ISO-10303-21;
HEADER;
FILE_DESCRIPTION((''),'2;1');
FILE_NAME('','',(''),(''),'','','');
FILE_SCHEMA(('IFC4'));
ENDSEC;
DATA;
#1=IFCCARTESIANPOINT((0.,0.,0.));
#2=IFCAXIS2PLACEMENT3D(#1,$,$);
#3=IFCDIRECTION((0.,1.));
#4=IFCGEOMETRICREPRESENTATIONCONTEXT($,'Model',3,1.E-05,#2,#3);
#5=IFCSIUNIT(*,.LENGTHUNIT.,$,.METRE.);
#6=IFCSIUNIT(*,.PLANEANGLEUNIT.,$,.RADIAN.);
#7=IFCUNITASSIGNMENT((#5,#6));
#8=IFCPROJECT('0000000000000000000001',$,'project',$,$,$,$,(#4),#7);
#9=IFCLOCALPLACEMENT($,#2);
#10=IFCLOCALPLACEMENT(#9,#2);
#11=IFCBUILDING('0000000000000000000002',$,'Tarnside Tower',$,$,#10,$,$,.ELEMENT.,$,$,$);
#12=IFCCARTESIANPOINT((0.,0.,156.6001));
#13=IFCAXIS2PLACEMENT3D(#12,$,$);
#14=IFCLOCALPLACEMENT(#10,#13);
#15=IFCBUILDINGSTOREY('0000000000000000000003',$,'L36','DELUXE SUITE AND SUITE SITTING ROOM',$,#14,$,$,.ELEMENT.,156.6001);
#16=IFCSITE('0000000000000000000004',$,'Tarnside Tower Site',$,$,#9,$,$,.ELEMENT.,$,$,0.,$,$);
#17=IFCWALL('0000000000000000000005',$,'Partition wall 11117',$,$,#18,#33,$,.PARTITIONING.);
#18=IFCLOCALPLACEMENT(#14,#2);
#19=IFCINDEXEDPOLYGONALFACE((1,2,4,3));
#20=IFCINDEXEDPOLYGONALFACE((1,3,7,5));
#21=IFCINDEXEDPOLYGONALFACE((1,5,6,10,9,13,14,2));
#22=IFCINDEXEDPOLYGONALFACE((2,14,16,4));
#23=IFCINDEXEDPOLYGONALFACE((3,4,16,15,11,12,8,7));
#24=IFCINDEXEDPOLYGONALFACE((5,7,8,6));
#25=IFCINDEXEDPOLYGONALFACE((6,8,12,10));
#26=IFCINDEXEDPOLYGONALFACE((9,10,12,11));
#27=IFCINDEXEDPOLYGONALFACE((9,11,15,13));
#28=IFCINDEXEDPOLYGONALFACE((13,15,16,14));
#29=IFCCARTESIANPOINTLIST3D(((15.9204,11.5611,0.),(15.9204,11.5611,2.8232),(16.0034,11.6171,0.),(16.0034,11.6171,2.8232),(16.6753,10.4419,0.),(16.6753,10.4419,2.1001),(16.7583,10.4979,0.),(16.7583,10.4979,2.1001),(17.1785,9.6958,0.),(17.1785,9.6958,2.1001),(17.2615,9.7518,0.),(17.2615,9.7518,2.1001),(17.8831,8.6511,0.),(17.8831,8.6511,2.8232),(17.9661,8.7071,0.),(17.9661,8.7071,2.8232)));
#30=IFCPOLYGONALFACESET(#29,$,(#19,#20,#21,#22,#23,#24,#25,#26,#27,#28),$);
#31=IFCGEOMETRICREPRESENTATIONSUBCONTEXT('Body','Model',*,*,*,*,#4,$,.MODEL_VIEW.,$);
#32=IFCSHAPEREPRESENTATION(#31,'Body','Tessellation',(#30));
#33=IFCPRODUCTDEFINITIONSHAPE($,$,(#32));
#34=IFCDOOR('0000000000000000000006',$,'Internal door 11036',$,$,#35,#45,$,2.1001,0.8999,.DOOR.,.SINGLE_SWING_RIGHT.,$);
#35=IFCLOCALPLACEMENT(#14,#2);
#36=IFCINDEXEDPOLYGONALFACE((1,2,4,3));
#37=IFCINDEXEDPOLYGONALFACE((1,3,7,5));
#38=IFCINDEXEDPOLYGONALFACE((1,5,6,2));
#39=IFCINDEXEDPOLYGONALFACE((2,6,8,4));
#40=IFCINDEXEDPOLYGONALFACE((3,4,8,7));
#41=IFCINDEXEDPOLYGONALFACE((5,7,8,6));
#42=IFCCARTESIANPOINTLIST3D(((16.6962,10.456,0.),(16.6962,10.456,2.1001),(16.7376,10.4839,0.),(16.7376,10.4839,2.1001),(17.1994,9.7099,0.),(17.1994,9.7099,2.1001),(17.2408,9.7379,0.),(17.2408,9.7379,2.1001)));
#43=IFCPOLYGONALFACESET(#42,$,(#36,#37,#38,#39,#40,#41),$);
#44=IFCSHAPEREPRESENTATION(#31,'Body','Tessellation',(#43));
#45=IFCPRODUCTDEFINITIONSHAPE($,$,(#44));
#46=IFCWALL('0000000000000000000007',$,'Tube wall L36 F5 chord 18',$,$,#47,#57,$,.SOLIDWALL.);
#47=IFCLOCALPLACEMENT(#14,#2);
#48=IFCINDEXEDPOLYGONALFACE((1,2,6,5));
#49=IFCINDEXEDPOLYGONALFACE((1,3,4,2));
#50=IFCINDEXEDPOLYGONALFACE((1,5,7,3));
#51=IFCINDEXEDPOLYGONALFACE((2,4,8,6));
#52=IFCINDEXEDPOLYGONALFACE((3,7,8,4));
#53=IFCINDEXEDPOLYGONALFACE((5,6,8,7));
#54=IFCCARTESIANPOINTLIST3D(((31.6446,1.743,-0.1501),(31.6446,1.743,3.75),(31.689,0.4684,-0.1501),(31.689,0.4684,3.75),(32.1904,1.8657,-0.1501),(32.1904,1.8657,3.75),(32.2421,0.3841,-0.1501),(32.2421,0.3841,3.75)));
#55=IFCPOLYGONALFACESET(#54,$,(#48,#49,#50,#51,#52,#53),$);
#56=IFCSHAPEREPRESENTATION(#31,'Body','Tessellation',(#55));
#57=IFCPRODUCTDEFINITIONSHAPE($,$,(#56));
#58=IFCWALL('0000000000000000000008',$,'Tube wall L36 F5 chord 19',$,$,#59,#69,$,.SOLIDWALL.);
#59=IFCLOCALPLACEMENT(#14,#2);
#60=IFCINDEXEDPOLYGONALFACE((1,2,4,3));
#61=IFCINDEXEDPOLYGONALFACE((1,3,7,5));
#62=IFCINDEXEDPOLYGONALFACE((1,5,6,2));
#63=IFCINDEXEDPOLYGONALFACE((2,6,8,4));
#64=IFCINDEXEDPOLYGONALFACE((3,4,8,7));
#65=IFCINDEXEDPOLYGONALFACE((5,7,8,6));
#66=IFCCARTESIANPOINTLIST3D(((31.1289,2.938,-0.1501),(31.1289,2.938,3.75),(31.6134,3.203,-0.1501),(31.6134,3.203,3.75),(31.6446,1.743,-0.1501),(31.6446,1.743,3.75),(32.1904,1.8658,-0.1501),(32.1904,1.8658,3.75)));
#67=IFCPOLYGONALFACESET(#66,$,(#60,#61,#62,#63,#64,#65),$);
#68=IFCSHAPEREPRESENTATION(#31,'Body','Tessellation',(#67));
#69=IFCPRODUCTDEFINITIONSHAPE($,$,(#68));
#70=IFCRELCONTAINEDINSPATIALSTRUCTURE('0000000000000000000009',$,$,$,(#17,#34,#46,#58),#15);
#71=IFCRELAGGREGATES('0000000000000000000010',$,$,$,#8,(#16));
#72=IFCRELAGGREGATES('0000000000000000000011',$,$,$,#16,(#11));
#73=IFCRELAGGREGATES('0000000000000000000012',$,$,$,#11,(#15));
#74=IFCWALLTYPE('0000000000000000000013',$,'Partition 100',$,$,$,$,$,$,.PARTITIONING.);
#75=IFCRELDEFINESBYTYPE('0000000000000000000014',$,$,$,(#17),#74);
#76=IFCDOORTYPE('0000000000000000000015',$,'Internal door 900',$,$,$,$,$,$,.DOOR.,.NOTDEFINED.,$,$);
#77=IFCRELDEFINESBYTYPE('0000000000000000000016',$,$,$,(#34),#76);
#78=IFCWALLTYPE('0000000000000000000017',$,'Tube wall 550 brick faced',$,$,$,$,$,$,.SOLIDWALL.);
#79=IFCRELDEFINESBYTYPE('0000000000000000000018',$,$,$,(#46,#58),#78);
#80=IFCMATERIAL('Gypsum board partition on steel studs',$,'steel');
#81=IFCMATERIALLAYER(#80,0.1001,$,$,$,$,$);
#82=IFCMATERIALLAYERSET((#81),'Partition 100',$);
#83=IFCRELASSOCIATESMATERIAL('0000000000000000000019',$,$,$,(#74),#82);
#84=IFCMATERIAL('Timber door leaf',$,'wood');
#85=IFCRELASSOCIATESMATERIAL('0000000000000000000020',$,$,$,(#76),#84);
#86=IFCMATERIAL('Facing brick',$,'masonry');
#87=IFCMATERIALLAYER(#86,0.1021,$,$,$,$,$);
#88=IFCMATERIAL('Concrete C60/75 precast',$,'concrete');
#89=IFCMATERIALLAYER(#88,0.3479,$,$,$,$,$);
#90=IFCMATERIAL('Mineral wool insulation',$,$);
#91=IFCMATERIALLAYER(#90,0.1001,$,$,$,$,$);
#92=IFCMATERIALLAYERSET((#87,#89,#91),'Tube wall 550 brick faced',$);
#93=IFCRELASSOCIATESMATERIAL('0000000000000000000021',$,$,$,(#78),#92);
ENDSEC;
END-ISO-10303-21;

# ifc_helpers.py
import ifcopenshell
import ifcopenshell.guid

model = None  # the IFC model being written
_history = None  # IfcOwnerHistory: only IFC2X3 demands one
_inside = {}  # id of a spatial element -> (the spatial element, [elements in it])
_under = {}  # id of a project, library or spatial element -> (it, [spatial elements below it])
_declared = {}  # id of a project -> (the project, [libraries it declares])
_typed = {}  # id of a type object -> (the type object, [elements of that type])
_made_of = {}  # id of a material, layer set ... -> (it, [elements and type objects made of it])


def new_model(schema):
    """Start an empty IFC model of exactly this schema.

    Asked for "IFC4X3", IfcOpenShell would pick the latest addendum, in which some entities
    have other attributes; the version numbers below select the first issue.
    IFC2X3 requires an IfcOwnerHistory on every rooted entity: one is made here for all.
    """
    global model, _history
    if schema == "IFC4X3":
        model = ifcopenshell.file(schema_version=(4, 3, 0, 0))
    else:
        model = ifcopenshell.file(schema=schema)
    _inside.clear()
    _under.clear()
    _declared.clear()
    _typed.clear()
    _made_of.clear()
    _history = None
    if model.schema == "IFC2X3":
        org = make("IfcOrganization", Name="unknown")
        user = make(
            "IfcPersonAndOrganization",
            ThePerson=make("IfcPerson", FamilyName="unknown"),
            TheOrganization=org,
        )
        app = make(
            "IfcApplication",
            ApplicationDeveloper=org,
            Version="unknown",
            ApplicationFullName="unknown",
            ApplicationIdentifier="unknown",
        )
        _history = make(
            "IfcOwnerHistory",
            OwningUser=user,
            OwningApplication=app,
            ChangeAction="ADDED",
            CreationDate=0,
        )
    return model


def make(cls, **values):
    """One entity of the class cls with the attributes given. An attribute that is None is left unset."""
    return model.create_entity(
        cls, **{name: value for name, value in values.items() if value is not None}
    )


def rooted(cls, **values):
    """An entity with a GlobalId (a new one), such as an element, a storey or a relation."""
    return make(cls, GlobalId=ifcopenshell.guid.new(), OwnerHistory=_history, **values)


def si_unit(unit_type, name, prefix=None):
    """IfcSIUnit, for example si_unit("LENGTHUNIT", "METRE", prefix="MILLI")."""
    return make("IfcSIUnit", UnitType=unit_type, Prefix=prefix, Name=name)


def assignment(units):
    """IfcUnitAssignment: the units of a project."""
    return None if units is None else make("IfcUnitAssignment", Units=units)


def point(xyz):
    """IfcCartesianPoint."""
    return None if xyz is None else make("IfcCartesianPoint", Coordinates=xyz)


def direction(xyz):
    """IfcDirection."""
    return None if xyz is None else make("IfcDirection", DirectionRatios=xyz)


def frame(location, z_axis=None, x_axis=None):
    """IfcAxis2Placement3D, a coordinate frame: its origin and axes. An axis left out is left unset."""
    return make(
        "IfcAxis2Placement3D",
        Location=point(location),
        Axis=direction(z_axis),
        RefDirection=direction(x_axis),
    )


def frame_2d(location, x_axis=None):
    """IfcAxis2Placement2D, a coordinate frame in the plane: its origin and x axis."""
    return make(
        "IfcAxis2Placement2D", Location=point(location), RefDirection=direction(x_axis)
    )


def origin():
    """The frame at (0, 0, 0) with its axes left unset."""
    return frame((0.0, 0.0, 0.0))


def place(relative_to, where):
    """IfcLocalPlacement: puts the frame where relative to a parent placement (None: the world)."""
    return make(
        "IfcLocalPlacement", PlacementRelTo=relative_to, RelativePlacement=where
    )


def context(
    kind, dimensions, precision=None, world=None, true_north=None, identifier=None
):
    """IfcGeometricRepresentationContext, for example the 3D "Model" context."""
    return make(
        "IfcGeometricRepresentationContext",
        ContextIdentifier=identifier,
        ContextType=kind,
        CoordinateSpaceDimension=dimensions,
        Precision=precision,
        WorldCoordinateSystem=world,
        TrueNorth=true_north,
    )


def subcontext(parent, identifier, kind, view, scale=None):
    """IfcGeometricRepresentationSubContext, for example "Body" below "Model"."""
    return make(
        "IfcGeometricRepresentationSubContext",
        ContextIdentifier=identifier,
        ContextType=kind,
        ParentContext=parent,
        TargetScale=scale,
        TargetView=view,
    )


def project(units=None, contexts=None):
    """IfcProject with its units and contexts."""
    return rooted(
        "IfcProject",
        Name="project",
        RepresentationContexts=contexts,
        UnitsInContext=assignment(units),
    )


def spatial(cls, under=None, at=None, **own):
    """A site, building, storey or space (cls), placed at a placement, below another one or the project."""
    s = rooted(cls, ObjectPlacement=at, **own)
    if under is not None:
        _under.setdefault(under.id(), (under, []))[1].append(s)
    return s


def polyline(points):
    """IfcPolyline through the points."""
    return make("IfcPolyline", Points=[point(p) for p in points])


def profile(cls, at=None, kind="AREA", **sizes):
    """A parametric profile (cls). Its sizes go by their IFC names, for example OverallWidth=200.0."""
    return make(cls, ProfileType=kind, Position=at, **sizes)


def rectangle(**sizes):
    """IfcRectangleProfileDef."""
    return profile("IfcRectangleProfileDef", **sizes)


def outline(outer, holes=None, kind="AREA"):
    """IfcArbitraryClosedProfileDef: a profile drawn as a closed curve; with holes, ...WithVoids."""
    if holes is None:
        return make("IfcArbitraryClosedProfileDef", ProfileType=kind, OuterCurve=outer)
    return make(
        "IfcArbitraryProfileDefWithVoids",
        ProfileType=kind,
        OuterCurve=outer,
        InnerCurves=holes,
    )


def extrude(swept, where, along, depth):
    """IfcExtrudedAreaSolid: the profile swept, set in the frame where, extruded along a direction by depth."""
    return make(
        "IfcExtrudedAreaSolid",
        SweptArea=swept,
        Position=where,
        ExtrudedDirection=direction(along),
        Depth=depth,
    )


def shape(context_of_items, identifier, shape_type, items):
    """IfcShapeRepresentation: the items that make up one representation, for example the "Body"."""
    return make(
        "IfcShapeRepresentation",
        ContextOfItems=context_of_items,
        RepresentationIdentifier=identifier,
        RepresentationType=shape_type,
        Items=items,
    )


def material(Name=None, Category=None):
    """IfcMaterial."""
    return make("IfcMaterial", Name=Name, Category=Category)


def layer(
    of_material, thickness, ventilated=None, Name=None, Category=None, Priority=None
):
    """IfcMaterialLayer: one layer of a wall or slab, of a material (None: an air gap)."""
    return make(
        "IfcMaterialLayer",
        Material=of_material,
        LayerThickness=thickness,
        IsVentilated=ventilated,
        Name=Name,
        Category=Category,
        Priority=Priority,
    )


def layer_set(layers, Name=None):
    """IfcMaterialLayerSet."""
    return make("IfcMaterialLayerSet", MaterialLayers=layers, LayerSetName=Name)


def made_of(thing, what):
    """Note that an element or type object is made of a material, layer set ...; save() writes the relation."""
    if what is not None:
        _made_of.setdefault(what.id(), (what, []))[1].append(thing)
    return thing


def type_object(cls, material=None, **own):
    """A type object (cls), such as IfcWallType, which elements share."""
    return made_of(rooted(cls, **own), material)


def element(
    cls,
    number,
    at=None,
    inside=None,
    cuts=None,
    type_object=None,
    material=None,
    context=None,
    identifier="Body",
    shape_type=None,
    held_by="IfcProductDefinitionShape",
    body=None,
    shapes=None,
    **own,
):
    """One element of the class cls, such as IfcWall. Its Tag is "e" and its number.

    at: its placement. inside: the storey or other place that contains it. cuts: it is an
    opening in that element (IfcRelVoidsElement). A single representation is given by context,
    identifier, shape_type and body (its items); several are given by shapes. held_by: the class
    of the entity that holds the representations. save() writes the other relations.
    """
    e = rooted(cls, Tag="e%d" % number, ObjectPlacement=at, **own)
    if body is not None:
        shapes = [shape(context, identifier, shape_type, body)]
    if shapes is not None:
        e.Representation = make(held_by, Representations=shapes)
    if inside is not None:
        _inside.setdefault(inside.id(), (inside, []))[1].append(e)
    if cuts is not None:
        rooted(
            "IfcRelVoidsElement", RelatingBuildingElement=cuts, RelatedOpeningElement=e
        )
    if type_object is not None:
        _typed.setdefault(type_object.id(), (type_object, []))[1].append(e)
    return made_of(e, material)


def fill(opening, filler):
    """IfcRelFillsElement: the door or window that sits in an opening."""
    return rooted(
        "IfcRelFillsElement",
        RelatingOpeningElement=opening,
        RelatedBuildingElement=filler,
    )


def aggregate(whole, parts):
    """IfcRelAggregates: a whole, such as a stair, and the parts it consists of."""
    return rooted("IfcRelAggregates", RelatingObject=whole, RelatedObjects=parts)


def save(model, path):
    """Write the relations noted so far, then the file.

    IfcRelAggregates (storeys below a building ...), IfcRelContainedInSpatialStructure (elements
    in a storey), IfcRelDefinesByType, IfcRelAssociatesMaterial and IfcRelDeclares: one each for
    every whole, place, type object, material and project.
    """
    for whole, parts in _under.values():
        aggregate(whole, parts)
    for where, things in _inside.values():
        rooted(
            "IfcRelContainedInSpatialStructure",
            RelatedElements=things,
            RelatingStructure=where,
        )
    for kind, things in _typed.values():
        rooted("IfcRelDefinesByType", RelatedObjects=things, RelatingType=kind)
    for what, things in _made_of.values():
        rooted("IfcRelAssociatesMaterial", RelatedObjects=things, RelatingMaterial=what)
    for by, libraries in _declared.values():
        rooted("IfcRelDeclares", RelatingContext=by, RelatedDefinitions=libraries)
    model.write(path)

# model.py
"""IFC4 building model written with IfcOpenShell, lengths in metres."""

from ifc_helpers import new_model, si_unit, direction, frame, frame_2d, origin, place, context, subcontext, project, spatial, polyline, rectangle, outline, extrude, material, layer, layer_set, type_object, element, fill, save


model = new_model("IFC4")

# Units and contexts
model_context = context("Model", 3, precision=1e-05, world=origin(), true_north=direction((0.0, 1.0)))
body_context = subcontext(model_context, "Body", "Model", "MODEL_VIEW")
ifc_project = project(units=[si_unit("LENGTHUNIT", "METRE"), si_unit("PLANEANGLEUNIT", "RADIAN")], contexts=[model_context])

# Site, building, storey
site_placement = place(None, origin())
site = spatial("IfcSite", under=ifc_project, at=site_placement, Name="Tarnside Tower Site", CompositionType="ELEMENT", RefElevation=0.0)
building_placement = place(site_placement, origin())
building = spatial("IfcBuilding", under=site, at=building_placement, Name="Tarnside Tower", CompositionType="ELEMENT")
storey_placement = place(building_placement, frame((0.0, 0.0, 156.6001)))
storey = spatial("IfcBuildingStorey", under=building, at=storey_placement, Name="L36", Description="DELUXE SUITE AND SUITE SITTING ROOM", CompositionType="ELEMENT", Elevation=156.6001)

# Shared definitions
ifc_material_1 = material(Name="Gypsum board partition on steel studs", Category="steel")
ifc_material_2 = material(Name="Timber door leaf", Category="wood")

# Shared definitions
ifc_layer_1 = layer(ifc_material_1, 0.1001)
ifc_layer_set_1 = layer_set([ifc_layer_1], Name="Partition 100")
wall_type_1 = type_object("IfcWallType", Name="Partition 100", PredefinedType="PARTITIONING", material=ifc_layer_set_1)

# Wall, opening, door
door_type_1 = type_object("IfcDoorType", Name="Internal door 900", OperationType="NOTDEFINED", PredefinedType="DOOR", material=ifc_material_2)
wall_1_placement = place(storey_placement, frame((17.9246, 8.6792, 0.0), z_axis=(0.0, 0.0, 1.0), x_axis=(-0.559171, 0.829053, 0.0)))
wall_1 = element("IfcWall", 1, at=wall_1_placement, inside=storey, type_object=wall_type_1, Name="Partition wall 11117", PredefinedType="PARTITIONING", context=body_context, shape_type="SweptSolid", body=[
    extrude(rectangle(XDim=3.51, YDim=0.1001, at=frame_2d((1.7549, 0.0))), origin(), (0.0, 0.0, 1.0), 2.8232),
])
opening_1_placement = place(wall_1_placement, frame((1.26, 0.0, 0.0)))
opening_1 = element("IfcOpeningElement", 2, at=opening_1_placement, cuts=wall_1, PredefinedType="OPENING", context=body_context, shape_type="SweptSolid", body=[
    extrude(rectangle(XDim=0.8999, YDim=2.1001, at=frame_2d((0.45, 1.05))), frame((0.0, 0.0601, 0.0), z_axis=(0.0, -1.0, 0.0), x_axis=(1.0, 0.0, 0.0)), (0.0, 0.0, 1.0), 0.1201),
])
door_1_placement = place(opening_1_placement, origin())
door_1 = element("IfcDoor", 3, at=door_1_placement, inside=storey, type_object=door_type_1, Name="Internal door 11036", OperationType="SINGLE_SWING_RIGHT", OverallHeight=2.1001, OverallWidth=0.8999, PredefinedType="DOOR", context=body_context, shape_type="SweptSolid", body=[
    extrude(rectangle(XDim=0.8999, YDim=2.1001, at=frame_2d((0.45, 1.05))), frame((0.0, 0.0249, 0.0), z_axis=(0.0, -1.0, 0.0), x_axis=(1.0, 0.0, 0.0)), (0.0, 0.0, 1.0), 0.05),
])
fill(opening_1, door_1)

# Walls
ifc_material_3 = material(Name="Facing brick", Category="masonry")
ifc_layer_2 = layer(ifc_material_3, 0.1021)
ifc_material_4 = material(Name="Concrete C60/75 precast", Category="concrete")
ifc_layer_3 = layer(ifc_material_4, 0.3479)
ifc_material_5 = material(Name="Mineral wool insulation")
ifc_layer_4 = layer(ifc_material_5, 0.1001)
ifc_layer_set_2 = layer_set([ifc_layer_2, ifc_layer_3, ifc_layer_4], Name="Tube wall 550 brick faced")
wall_type_2 = type_object("IfcWallType", Name="Tube wall 550 brick faced", PredefinedType="SOLIDWALL", material=ifc_layer_set_2)
wall_2_placement = place(storey_placement, frame((31.9656, 0.4263, -0.1501), z_axis=(0.0, 0.0, 1.0), x_axis=(-0.034877, 0.999392, 0.0)))
element("IfcWall", 4, at=wall_2_placement, inside=storey, type_object=wall_type_2, Name="Tube wall L36 F5 chord 18", PredefinedType="SOLIDWALL", context=body_context, shape_type="SweptSolid", body=[
    extrude(outline(polyline([(-0.0518, -0.2749), (1.4307, -0.2749), (1.3271, 0.2749), (0.0518, 0.2749), (-0.0518, -0.2749)])), origin(), (0.0, 0.0, 1.0), 3.9001),
])
wall_3_placement = place(storey_placement, frame((31.9175, 1.8044, -0.1501), z_axis=(0.0, 0.0, 1.0), x_axis=(-0.396226, 0.918153, 0.0)))
element("IfcWall", 5, at=wall_3_placement, inside=storey, type_object=wall_type_2, Name="Tube wall L36 F5 chord 19", PredefinedType="SOLIDWALL", context=body_context, shape_type="SweptSolid", body=[
    extrude(outline(polyline([(-0.0518, -0.2749), (1.4045, -0.2749), (1.3533, 0.2749), (0.0518, 0.2749), (-0.0518, -0.2749)])), origin(), (0.0, 0.0, 1.0), 3.9001),
])

save(model, "model.ifc")
